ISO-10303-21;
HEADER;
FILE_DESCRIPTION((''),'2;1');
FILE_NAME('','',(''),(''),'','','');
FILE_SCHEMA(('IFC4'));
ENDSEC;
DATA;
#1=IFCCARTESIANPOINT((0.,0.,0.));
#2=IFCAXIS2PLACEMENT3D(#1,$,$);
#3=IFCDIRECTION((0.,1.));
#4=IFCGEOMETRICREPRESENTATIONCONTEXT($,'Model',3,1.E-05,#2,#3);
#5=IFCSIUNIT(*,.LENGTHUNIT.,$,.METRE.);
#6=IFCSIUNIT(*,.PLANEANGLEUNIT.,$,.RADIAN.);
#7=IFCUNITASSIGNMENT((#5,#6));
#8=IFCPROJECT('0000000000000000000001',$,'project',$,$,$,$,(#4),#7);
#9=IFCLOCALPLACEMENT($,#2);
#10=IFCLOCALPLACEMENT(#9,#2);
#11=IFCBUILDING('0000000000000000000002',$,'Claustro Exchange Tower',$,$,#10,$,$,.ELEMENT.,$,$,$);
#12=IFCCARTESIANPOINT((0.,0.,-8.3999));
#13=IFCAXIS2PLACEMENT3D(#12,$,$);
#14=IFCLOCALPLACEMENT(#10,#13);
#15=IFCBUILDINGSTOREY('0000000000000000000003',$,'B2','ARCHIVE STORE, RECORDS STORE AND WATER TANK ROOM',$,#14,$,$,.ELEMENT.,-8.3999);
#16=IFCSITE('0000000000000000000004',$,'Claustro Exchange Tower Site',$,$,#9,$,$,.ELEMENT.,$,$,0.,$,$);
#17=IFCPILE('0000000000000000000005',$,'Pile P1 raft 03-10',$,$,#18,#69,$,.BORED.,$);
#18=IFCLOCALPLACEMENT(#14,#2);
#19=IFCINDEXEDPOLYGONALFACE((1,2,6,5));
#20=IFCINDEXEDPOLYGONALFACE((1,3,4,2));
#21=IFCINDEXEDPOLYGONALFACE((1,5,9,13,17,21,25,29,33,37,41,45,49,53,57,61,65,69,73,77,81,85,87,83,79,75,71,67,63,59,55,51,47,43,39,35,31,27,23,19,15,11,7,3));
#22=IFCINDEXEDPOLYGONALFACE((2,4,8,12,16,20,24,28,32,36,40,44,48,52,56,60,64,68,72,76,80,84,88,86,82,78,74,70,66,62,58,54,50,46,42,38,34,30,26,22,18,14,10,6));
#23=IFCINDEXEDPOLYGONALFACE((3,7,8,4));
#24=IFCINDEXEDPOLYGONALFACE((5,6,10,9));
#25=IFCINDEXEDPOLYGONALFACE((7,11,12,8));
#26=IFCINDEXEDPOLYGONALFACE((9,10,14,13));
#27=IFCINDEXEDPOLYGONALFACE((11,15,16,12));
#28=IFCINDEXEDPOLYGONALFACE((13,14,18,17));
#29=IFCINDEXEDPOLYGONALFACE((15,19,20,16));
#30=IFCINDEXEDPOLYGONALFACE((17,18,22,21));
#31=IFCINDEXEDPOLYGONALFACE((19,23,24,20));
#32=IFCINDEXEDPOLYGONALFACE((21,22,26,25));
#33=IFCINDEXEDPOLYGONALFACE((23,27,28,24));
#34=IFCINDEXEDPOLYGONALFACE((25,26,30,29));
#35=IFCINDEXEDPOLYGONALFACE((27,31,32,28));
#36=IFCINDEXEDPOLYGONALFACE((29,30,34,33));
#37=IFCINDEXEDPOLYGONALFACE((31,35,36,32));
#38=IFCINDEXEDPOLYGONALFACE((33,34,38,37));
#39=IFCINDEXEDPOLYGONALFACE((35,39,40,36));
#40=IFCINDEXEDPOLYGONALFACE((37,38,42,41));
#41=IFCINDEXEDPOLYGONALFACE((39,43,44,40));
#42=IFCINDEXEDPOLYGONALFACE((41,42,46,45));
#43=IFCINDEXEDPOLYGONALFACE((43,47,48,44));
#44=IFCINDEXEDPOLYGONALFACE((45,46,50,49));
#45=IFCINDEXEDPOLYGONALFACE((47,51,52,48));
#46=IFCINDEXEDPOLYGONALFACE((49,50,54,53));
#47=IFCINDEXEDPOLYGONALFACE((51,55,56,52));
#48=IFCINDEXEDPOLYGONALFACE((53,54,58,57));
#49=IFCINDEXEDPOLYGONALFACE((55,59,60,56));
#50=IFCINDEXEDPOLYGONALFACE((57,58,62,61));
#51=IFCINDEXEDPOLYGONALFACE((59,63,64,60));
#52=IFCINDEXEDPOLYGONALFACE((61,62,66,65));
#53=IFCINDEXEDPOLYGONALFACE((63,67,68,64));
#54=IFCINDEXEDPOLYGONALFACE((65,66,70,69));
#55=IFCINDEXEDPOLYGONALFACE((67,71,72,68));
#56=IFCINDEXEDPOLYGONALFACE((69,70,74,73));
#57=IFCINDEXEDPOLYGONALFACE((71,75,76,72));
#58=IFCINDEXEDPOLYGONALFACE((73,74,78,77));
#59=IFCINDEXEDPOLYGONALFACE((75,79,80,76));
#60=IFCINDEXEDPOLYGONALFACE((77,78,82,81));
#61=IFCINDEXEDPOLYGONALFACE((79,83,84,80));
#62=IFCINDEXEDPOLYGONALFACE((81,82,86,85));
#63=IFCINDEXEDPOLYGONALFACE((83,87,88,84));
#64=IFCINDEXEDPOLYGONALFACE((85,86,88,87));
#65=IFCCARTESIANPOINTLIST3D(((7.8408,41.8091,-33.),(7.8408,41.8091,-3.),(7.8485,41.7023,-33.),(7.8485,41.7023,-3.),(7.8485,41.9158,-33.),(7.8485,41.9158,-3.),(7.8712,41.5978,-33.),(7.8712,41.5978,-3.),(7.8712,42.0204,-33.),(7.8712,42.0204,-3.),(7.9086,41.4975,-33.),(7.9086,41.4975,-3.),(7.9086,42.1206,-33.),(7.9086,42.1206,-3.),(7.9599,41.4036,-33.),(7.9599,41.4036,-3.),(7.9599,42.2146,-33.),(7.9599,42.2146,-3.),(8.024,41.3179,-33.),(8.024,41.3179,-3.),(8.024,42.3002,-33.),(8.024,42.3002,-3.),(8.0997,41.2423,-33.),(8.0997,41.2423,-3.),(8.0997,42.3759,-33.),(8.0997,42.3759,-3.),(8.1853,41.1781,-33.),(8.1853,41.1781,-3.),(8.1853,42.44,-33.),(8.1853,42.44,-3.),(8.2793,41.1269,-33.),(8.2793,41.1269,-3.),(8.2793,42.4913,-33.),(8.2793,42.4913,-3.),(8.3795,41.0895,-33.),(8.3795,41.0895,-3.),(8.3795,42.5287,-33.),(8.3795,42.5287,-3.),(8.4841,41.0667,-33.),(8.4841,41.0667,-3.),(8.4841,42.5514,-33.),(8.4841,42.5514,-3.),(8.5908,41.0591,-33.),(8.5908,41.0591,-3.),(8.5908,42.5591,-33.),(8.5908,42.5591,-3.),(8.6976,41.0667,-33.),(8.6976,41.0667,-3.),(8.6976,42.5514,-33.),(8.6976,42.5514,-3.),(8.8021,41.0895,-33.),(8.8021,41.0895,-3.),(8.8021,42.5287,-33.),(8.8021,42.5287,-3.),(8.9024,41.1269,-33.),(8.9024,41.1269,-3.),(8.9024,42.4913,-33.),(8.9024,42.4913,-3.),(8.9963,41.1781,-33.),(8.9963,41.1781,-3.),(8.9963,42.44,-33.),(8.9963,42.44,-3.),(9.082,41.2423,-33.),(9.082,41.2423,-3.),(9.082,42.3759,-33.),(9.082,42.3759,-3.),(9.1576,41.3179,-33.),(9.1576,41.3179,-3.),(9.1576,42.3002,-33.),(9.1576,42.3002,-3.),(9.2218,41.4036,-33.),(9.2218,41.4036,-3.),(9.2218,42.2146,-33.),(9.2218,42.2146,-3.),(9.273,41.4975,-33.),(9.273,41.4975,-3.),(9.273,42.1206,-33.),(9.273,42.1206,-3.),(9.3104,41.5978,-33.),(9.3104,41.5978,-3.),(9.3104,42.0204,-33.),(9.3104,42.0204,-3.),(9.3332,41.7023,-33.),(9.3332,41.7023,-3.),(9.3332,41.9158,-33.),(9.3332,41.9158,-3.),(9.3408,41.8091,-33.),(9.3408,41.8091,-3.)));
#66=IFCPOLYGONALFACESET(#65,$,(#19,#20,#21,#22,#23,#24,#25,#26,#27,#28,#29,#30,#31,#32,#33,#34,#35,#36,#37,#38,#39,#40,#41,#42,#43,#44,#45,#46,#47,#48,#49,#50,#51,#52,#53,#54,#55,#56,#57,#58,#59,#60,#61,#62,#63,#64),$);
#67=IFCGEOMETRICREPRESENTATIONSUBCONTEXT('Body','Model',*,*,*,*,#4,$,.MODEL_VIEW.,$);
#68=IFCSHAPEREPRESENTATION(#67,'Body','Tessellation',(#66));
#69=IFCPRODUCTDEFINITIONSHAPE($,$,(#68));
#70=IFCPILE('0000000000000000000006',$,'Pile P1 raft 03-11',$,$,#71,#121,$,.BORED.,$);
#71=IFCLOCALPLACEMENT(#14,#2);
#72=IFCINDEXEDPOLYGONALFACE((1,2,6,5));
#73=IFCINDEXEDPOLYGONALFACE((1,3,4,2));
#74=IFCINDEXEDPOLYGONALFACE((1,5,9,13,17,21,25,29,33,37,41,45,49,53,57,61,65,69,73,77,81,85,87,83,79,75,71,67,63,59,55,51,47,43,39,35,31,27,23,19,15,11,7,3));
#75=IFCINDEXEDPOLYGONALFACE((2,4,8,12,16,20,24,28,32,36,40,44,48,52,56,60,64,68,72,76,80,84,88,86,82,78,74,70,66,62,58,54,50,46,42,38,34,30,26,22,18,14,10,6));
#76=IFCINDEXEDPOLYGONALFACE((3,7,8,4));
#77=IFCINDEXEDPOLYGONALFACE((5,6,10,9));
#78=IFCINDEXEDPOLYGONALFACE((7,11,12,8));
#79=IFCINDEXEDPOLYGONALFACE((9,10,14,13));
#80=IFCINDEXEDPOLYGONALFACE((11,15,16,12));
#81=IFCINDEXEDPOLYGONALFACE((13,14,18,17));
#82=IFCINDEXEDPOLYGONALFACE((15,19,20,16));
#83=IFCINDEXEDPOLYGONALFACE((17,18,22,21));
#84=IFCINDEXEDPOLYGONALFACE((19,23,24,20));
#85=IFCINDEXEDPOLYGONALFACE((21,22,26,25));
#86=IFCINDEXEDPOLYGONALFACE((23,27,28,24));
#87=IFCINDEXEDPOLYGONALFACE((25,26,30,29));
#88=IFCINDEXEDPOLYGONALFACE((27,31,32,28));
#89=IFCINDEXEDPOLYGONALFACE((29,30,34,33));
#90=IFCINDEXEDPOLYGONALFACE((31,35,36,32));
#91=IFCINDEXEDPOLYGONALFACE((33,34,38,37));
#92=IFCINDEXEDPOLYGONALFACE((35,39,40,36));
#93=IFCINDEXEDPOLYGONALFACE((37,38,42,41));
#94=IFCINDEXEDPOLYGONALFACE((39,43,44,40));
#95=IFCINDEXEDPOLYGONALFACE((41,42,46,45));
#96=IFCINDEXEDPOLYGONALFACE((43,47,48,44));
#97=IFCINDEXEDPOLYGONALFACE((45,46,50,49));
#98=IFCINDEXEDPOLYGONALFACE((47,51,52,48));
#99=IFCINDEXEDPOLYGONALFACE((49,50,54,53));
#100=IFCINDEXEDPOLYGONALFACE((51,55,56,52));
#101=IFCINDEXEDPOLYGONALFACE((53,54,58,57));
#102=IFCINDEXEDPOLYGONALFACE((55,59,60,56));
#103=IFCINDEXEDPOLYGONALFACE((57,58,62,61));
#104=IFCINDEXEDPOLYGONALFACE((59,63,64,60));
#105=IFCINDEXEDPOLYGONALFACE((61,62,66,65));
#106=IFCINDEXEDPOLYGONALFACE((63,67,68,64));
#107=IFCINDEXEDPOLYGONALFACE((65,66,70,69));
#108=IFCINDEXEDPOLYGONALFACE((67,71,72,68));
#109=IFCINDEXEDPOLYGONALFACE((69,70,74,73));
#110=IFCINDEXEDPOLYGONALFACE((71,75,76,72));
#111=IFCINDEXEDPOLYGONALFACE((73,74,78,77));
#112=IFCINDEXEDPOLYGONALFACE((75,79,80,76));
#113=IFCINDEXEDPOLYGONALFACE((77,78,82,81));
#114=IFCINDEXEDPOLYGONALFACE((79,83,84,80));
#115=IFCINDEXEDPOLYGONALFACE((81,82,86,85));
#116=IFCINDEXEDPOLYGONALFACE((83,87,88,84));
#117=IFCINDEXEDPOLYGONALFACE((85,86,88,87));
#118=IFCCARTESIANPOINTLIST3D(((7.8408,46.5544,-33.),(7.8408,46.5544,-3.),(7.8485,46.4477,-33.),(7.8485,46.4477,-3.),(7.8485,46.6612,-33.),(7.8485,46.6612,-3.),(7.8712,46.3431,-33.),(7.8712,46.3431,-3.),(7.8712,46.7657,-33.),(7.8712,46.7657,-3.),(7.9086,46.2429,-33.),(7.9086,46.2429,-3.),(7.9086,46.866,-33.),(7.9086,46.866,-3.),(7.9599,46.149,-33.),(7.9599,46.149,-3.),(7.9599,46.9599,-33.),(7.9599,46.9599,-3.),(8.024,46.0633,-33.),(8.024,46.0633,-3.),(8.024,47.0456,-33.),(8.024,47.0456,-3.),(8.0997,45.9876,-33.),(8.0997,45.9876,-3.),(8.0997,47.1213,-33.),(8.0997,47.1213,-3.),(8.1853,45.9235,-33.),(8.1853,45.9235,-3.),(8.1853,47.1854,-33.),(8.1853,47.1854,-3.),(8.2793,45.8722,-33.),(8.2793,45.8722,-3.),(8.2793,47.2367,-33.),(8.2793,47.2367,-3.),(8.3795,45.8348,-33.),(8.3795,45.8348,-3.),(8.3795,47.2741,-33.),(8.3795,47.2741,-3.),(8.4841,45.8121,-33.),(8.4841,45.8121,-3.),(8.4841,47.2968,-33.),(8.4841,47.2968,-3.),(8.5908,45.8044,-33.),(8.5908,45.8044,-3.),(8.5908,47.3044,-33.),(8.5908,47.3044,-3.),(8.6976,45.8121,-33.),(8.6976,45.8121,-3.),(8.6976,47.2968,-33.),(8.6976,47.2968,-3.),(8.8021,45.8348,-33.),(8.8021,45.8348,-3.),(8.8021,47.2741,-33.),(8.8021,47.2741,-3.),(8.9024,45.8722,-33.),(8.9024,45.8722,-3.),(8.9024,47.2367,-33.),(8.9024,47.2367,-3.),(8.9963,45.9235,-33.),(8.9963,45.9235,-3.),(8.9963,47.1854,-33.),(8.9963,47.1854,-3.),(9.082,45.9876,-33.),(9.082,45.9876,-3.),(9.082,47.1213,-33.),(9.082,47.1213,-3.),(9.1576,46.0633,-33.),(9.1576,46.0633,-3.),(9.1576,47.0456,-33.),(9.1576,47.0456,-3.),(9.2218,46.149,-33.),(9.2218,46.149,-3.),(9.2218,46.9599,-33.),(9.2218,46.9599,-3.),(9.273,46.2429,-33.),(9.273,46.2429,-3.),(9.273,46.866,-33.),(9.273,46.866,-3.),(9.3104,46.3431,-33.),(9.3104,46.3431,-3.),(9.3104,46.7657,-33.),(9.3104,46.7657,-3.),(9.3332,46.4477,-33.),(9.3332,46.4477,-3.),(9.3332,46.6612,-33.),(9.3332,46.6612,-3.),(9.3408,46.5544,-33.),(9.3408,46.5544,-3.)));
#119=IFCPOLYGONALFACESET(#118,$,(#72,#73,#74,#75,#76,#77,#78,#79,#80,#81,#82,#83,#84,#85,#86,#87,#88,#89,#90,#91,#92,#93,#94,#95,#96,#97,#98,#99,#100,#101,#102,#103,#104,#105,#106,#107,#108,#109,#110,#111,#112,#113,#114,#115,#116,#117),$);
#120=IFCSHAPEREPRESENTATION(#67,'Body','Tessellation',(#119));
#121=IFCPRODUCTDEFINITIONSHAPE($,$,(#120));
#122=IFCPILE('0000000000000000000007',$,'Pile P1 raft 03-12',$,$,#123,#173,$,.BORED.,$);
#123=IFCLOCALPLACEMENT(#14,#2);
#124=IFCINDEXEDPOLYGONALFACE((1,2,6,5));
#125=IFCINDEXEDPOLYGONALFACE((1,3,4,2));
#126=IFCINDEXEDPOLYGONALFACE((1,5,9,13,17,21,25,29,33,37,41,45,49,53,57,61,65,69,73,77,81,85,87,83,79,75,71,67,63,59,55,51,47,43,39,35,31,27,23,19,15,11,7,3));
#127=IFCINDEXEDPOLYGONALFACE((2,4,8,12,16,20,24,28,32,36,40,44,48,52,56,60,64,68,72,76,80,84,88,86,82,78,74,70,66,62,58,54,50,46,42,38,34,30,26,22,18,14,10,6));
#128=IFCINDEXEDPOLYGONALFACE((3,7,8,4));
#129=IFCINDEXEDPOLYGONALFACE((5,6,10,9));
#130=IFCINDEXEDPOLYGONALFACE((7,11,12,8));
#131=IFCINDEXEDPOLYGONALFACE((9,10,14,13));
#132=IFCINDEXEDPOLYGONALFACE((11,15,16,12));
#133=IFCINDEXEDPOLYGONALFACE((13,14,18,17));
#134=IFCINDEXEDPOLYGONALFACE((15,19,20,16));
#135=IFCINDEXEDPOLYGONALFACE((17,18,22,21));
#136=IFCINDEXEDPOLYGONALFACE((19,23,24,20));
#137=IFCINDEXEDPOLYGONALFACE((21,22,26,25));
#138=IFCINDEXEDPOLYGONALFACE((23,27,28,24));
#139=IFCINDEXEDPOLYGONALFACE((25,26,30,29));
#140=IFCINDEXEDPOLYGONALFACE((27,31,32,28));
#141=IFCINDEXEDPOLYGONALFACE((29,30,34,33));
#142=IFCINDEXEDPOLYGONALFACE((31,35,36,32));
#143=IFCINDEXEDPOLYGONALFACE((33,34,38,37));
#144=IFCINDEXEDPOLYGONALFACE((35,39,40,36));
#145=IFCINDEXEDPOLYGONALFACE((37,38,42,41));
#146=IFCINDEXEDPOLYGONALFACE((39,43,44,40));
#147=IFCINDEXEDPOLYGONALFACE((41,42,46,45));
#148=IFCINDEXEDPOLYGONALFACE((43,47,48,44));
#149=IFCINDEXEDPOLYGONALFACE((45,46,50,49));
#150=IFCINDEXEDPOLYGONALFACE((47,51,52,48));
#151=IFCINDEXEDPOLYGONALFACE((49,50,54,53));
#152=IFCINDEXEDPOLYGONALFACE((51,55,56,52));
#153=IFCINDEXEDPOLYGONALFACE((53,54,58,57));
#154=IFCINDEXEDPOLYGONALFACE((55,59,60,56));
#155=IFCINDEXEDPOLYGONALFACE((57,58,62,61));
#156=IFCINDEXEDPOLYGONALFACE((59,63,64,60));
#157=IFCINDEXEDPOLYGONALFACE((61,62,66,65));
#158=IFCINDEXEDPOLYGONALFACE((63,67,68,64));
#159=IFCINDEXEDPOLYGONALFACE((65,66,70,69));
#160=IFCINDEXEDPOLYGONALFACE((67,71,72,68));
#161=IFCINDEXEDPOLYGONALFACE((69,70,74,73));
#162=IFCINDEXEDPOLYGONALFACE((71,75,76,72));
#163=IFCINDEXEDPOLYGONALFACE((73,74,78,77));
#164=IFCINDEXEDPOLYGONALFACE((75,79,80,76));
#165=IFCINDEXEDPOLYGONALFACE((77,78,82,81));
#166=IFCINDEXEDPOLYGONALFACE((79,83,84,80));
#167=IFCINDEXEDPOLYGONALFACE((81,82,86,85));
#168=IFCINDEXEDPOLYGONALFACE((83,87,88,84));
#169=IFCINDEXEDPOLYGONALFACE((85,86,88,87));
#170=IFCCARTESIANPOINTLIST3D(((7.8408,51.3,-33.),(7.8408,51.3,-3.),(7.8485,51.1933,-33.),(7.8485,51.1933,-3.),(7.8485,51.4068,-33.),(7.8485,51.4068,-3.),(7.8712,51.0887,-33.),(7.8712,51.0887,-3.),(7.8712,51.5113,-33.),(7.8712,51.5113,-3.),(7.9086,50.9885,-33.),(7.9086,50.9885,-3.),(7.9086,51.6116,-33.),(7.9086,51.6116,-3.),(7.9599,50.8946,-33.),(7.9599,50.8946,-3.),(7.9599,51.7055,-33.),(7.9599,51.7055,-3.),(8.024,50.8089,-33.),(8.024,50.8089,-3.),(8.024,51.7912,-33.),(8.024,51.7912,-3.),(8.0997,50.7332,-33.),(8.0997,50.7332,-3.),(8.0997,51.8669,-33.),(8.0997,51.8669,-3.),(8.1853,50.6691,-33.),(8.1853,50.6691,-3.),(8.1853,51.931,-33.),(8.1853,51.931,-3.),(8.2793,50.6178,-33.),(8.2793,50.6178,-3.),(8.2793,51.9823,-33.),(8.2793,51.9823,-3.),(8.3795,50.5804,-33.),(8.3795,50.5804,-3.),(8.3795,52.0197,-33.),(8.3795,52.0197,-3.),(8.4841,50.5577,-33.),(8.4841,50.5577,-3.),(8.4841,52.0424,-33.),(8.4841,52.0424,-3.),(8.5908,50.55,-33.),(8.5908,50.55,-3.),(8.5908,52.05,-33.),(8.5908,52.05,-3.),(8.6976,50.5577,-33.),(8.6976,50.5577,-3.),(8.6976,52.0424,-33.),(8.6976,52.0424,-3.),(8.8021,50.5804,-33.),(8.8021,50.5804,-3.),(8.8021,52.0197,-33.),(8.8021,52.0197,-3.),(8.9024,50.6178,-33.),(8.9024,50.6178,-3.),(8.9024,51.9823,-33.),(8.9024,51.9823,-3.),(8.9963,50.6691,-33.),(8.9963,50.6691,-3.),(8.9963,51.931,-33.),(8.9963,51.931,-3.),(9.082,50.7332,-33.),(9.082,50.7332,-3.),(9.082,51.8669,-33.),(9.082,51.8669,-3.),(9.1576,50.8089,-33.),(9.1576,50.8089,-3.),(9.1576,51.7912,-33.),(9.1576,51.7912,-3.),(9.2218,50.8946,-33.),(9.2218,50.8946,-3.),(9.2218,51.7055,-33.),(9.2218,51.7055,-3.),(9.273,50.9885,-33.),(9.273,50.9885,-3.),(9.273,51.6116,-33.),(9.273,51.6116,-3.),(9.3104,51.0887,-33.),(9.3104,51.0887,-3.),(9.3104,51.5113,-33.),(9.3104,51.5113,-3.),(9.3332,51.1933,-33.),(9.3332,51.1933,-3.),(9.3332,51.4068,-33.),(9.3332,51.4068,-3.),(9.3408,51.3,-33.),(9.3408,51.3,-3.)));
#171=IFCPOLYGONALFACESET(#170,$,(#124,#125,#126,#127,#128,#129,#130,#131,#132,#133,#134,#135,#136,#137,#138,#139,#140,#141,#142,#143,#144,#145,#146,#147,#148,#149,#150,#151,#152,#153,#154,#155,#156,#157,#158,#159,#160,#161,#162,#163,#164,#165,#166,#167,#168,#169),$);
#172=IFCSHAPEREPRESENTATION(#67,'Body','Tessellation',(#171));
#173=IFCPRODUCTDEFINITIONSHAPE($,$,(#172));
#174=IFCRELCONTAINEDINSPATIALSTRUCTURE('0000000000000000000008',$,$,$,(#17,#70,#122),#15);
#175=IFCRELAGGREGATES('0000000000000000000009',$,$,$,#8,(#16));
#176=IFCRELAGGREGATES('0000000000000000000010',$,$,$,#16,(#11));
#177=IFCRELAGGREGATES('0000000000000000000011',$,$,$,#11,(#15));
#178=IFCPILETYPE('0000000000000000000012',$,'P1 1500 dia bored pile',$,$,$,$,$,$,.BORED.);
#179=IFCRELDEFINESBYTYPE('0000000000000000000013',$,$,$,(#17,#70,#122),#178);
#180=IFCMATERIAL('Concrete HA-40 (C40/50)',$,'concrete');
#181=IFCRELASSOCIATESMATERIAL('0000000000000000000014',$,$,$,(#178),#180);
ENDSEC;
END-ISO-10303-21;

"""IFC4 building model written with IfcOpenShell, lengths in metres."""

from ifc_helpers import new_model, si_unit, direction, frame, origin, origin_2d, place, context, subcontext, project, spatial, circle, extrude, material, type_object, element, save


model = new_model("IFC4")

# Units and contexts
model_context = context("Model", 3, precision=1e-05, world=origin(), true_north=direction((0.0, 1.0)))
body_context = subcontext(model_context, "Body", "Model", "MODEL_VIEW")
ifc_project = project(units=[si_unit("LENGTHUNIT", "METRE"), si_unit("PLANEANGLEUNIT", "RADIAN")], contexts=[model_context])

# Site, building, storey
site_placement = place(None, origin())
site = spatial("IfcSite", under=ifc_project, at=site_placement, Name="Claustro Exchange Tower Site", CompositionType="ELEMENT", RefElevation=0.0)
building_placement = place(site_placement, origin())
building = spatial("IfcBuilding", under=site, at=building_placement, Name="Claustro Exchange Tower", CompositionType="ELEMENT")
storey_placement = place(building_placement, frame((0.0, 0.0, -8.3999)))
storey = spatial("IfcBuildingStorey", under=building, at=storey_placement, Name="B2", Description="ARCHIVE STORE, RECORDS STORE AND WATER TANK ROOM", CompositionType="ELEMENT", Elevation=-8.3999)

# Piles
ifc_material_1 = material(Name="Concrete HA-40 (C40/50)", Category="concrete")
pile_type_1 = type_object("IfcPileType", Name="P1 1500 dia bored pile", PredefinedType="BORED", material=ifc_material_1)
for number, where, z_axis, x_axis, name in (
    (1, (8.5908, 41.8091, -3.0), (0.0, 0.0, -1.0), (1.0, 0.0, 0.0), "Pile P1 raft 03-10"),
    (2, (8.5908, 46.5544, -3.0), (0.0, 0.0, -1.0), (1.0, 0.0, 0.0), "Pile P1 raft 03-11"),
    (3, (8.5908, 51.3, -3.0), (0.0, 0.0, -1.0), (1.0, 0.0, 0.0), "Pile P1 raft 03-12"),
):
    element("IfcPile", number, at=place(storey_placement, frame(where, z_axis=z_axis, x_axis=x_axis)), inside=storey, type_object=pile_type_1, Name=name, PredefinedType="BORED", context=body_context, shape_type="SweptSolid", body=[
        extrude(circle(Radius=0.75, at=origin_2d()), origin(), (0.0, 0.0, 1.0), 30.0),
    ])

save(model, "model.ifc")
